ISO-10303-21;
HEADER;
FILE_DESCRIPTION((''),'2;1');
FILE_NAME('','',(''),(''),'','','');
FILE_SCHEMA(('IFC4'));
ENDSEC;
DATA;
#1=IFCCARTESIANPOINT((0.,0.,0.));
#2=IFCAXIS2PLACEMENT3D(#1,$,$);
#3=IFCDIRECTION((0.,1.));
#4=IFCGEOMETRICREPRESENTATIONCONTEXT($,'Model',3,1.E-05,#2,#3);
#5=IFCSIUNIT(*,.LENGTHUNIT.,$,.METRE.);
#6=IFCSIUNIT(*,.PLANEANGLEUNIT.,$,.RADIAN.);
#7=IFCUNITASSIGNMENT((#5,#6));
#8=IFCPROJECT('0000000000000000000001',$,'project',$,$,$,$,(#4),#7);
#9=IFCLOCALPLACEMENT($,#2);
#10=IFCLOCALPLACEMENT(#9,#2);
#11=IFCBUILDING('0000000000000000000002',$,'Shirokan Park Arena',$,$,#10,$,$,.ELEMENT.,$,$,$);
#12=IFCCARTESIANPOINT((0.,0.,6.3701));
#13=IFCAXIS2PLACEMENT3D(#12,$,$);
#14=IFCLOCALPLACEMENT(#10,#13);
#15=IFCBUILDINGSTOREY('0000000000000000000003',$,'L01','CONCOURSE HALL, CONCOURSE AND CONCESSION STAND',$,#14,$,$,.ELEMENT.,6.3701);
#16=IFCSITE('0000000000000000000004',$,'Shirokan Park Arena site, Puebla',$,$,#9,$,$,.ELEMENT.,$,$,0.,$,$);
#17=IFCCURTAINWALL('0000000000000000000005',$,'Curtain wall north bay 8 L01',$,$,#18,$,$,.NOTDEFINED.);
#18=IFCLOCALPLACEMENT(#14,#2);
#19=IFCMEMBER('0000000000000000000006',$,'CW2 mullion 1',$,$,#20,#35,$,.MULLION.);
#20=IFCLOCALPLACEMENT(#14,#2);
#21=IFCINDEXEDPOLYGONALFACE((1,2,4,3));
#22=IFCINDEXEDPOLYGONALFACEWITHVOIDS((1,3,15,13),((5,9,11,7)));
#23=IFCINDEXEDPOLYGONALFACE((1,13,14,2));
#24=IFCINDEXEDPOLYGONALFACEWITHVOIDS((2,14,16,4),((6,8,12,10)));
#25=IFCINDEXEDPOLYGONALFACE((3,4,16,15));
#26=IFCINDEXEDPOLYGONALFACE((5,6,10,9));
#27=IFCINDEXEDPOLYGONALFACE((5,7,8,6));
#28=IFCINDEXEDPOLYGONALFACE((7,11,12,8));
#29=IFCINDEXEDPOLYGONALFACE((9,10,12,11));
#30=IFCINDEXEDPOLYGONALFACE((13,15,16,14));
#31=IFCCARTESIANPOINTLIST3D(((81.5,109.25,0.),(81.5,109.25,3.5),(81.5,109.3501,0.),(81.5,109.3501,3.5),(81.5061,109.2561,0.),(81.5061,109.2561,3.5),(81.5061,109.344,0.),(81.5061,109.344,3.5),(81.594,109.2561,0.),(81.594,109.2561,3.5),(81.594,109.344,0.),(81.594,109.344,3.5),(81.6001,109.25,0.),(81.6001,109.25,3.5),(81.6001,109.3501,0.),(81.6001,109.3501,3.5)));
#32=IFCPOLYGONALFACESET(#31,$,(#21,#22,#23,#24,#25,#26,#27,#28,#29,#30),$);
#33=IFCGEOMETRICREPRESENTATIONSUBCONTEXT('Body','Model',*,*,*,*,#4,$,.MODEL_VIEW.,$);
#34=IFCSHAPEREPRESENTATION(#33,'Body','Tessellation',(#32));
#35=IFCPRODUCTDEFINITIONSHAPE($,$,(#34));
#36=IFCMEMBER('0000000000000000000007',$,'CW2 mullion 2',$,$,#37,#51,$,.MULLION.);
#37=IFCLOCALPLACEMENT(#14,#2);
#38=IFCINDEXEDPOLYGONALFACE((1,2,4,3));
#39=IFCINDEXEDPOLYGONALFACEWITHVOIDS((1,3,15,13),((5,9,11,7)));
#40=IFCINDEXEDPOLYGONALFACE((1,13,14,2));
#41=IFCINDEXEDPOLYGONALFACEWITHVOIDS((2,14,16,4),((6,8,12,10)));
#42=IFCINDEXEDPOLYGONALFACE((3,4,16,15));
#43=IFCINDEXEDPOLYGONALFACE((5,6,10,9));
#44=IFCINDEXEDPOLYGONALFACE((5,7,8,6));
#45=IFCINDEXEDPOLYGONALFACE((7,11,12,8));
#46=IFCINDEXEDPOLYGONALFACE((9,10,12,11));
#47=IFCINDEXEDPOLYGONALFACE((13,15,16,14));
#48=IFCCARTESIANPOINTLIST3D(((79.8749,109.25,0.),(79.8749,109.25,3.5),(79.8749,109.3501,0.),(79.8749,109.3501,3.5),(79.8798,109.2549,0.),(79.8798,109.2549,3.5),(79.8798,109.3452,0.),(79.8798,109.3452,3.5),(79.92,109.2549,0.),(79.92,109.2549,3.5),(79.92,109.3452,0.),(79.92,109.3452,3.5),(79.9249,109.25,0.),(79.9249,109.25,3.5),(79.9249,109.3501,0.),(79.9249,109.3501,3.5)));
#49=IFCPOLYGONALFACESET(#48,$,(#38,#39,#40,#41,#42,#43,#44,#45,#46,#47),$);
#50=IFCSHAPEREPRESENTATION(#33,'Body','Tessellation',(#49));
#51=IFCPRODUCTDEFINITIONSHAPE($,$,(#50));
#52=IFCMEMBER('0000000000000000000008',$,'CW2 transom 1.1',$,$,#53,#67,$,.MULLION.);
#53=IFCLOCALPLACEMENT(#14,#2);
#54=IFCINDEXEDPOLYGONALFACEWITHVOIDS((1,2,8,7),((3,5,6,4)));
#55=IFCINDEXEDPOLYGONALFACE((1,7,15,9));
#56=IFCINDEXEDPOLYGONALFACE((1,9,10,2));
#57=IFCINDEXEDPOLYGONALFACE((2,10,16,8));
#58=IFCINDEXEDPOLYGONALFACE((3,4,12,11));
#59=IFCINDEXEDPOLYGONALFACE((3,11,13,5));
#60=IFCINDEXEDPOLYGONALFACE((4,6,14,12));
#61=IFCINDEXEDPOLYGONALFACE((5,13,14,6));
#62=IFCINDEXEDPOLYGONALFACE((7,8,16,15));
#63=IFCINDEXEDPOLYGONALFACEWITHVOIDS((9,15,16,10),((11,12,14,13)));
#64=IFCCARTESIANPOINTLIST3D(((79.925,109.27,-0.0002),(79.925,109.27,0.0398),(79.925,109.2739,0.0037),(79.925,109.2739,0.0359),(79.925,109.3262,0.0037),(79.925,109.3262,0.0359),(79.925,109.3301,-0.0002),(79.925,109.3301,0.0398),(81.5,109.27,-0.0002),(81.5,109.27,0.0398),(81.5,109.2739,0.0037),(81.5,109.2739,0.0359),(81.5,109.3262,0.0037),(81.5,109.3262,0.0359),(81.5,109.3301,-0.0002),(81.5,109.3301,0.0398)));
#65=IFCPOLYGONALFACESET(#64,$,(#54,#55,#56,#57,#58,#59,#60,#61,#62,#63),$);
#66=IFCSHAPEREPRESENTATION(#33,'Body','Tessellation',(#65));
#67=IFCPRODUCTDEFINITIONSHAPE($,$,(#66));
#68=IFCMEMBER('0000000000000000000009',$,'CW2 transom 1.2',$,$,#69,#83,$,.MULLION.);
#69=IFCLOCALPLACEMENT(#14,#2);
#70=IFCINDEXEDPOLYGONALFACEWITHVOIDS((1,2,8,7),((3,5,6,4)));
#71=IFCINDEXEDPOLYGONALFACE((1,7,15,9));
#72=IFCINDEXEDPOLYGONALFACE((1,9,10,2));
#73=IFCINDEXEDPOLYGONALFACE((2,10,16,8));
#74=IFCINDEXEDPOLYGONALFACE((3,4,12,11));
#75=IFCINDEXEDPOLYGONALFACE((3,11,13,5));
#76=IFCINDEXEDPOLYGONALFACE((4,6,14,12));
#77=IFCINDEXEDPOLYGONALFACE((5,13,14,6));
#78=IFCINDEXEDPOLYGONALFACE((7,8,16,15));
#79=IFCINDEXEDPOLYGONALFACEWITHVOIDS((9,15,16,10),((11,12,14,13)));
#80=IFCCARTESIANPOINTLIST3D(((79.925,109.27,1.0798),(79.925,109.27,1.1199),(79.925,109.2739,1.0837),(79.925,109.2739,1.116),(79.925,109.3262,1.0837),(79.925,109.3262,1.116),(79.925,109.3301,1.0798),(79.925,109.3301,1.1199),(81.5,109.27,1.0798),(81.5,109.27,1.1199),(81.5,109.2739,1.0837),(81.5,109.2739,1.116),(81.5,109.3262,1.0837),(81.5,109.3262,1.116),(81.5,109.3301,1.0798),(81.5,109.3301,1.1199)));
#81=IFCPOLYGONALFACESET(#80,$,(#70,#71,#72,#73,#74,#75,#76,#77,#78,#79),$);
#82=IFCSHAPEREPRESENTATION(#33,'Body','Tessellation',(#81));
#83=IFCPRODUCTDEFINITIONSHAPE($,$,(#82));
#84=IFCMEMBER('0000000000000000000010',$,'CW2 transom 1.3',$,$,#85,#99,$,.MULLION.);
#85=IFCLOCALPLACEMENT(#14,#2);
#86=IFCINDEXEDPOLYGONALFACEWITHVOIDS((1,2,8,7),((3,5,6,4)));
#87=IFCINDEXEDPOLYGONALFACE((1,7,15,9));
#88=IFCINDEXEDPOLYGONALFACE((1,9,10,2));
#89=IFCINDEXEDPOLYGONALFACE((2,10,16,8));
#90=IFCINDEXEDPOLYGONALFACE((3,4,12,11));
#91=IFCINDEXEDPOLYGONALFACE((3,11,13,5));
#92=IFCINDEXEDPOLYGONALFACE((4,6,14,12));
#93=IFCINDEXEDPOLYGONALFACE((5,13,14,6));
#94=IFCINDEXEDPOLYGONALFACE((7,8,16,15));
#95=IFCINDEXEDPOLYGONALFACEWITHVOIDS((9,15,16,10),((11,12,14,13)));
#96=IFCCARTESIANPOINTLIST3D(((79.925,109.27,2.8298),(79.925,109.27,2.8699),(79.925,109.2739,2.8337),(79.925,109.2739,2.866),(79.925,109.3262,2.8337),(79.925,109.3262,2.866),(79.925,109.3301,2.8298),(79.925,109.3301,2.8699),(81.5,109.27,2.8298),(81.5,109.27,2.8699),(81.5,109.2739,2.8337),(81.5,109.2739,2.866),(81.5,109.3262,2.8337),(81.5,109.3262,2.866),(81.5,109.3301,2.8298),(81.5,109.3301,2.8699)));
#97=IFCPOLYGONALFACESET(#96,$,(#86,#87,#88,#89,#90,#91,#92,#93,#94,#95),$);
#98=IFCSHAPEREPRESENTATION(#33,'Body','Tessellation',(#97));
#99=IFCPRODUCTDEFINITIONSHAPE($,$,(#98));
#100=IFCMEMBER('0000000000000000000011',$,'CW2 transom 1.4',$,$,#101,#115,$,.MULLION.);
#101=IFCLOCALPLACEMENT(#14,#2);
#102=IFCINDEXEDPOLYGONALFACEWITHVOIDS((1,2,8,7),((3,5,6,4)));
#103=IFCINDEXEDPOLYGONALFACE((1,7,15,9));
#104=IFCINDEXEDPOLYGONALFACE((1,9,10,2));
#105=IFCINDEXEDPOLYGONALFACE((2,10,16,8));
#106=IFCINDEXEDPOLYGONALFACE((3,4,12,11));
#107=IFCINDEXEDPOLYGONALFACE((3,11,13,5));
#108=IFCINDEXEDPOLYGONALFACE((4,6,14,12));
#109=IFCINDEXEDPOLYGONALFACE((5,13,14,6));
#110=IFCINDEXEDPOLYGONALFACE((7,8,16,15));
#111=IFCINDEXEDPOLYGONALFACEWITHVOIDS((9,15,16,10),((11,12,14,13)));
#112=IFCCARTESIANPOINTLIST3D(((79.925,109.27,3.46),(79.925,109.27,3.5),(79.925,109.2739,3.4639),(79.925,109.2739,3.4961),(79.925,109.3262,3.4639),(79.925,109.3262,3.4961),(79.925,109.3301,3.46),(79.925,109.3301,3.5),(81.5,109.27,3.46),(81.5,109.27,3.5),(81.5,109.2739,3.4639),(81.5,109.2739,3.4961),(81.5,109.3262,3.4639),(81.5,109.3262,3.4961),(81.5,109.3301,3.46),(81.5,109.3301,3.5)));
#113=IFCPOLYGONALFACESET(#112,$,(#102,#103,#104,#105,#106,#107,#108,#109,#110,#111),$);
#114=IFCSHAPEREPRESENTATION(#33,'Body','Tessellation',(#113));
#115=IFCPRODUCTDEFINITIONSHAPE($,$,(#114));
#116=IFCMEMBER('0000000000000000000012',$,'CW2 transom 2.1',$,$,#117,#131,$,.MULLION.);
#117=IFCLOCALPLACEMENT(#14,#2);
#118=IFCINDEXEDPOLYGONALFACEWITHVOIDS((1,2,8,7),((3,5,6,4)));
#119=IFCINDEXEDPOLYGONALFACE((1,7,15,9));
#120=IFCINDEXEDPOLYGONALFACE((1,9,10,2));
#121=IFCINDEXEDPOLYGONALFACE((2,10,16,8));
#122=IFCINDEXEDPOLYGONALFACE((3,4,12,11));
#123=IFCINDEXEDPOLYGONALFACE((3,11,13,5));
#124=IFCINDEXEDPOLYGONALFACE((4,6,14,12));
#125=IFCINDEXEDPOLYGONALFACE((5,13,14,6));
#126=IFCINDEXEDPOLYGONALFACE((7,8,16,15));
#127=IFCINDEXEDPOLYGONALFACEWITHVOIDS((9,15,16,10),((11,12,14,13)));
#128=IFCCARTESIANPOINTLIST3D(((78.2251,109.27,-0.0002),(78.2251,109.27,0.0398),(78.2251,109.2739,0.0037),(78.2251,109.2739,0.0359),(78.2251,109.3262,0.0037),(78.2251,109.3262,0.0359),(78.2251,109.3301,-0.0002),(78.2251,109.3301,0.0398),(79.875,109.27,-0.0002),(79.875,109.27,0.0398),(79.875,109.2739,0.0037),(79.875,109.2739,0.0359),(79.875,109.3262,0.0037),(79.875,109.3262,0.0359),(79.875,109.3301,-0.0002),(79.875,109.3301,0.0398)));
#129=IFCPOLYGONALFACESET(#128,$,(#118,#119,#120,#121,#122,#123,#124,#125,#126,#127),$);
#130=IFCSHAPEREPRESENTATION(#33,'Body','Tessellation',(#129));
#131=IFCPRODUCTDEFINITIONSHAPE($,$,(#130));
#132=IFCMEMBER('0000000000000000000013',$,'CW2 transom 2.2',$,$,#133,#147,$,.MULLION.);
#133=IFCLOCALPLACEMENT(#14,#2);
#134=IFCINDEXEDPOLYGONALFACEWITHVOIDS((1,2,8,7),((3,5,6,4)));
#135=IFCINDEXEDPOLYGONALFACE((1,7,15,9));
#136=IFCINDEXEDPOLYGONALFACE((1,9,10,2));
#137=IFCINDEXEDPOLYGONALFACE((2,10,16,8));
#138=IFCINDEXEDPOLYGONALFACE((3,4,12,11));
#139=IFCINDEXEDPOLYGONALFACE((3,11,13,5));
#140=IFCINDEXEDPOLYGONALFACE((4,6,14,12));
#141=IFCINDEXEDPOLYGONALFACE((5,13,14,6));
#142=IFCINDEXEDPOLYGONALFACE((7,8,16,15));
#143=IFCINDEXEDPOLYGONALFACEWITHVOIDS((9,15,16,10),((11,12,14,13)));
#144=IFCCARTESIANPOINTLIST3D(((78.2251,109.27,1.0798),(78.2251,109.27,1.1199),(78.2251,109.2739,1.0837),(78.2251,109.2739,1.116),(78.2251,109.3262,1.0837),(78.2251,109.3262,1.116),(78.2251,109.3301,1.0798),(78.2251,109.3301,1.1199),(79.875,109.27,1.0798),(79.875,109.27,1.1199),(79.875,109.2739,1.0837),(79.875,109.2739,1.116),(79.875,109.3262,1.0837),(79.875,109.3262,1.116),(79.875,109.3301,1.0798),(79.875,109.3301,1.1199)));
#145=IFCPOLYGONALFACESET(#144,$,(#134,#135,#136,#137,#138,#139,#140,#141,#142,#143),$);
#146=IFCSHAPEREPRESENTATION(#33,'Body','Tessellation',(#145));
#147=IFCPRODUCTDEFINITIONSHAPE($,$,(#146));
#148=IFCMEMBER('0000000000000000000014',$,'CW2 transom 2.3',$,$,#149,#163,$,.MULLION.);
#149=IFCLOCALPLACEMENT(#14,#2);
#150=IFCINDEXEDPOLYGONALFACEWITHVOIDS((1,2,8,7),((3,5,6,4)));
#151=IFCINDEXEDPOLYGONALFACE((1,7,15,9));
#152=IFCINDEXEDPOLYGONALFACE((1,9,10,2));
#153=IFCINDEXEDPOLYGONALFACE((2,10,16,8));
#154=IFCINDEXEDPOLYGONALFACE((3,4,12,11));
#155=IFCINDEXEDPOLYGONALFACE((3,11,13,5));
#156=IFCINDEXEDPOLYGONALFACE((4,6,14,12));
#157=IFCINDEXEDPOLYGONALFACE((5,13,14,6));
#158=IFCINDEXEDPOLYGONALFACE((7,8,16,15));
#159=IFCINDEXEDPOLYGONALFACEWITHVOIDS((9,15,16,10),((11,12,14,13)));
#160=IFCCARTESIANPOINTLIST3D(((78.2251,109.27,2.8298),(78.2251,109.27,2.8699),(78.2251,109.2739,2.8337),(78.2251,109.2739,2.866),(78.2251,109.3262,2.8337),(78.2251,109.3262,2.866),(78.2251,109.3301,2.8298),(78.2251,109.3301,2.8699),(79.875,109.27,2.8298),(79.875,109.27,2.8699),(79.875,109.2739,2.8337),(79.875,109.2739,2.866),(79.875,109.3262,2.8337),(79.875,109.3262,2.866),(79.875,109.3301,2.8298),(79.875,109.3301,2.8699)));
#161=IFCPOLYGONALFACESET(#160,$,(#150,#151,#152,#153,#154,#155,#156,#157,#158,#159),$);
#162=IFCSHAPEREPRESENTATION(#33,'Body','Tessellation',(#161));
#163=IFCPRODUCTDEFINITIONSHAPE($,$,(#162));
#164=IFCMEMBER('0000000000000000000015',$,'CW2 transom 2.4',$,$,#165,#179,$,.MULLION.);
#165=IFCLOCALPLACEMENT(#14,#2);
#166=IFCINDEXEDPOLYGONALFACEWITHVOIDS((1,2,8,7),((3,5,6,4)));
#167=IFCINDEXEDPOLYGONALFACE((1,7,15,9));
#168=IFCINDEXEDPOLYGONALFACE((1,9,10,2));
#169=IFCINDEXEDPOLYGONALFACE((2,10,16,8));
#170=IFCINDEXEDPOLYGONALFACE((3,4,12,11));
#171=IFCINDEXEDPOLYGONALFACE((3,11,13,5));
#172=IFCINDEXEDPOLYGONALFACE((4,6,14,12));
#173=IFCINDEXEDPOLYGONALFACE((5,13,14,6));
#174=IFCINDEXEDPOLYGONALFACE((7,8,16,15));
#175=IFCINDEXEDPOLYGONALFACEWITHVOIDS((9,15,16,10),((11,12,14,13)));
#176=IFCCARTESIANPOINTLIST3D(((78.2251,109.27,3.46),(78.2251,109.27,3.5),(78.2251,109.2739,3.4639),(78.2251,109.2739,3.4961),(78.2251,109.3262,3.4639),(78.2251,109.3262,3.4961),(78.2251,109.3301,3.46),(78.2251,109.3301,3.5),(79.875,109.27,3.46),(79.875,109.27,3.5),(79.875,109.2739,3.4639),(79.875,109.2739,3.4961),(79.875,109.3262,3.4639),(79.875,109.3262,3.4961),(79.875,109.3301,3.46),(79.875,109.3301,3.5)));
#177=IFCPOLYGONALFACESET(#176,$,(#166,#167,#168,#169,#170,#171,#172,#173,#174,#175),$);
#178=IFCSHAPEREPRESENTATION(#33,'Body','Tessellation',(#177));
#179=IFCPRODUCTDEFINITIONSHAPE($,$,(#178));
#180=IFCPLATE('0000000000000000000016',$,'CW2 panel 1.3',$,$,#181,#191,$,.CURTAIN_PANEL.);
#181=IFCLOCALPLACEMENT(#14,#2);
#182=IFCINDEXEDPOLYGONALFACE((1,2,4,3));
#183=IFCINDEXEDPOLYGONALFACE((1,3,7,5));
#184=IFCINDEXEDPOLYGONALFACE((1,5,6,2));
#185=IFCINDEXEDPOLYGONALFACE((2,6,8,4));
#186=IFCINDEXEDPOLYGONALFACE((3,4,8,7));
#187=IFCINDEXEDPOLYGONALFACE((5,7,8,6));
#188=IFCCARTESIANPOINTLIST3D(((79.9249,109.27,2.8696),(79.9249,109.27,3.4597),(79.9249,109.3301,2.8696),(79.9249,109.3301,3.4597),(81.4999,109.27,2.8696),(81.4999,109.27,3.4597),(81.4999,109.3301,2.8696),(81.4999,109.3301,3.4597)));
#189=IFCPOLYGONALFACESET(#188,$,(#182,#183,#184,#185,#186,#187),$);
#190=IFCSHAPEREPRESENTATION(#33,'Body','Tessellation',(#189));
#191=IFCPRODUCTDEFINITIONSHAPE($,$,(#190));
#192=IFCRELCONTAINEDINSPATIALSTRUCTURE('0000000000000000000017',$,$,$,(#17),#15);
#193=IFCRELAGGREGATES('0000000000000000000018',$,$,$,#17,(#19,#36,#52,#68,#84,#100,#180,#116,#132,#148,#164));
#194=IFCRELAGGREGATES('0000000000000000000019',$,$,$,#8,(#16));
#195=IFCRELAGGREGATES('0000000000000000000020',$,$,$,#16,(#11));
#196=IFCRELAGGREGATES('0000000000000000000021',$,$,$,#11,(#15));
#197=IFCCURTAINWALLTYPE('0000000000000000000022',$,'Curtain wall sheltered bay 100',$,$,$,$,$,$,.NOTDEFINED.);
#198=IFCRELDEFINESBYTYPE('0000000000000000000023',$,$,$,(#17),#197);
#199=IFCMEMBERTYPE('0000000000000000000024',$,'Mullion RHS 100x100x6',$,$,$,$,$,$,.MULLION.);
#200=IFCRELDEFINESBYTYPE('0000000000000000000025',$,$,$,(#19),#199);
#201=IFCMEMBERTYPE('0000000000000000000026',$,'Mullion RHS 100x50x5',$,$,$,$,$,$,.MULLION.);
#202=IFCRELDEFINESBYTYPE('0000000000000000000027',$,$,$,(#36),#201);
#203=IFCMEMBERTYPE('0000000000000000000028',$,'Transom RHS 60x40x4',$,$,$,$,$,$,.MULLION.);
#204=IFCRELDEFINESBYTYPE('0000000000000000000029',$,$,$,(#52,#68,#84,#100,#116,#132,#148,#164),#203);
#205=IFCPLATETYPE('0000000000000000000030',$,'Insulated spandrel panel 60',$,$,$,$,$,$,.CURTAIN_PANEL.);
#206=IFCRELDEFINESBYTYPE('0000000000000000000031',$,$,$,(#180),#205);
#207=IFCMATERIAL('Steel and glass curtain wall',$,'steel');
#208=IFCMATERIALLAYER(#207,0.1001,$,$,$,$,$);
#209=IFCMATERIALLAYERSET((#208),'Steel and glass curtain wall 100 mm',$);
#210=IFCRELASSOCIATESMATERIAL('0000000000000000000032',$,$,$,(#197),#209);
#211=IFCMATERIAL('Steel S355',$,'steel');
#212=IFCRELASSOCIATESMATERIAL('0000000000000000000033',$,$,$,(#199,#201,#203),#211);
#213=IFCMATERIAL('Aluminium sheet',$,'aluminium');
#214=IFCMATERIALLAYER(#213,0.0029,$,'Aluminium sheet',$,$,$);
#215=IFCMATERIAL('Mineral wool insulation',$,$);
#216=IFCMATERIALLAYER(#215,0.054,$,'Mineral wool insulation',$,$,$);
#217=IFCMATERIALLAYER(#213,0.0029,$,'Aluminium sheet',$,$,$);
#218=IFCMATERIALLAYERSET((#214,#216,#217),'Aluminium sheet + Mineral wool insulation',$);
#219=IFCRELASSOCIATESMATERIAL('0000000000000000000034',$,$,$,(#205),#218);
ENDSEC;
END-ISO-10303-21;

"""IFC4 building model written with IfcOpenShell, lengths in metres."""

from ifc_helpers import new_model, si_unit, direction, frame, origin, origin_2d, place, context, subcontext, project, spatial, rectangle, hollow_rectangle, extrude, material, layer, layer_set, material_profile, profile_set, type_object, element, aggregate, save


model = new_model("IFC4")

# Units and contexts
model_context = context("Model", 3, precision=1e-05, world=origin(), true_north=direction((0.0, 1.0)))
body_context = subcontext(model_context, "Body", "Model", "MODEL_VIEW")
ifc_project = project(units=[si_unit("LENGTHUNIT", "METRE"), si_unit("PLANEANGLEUNIT", "RADIAN")], contexts=[model_context])

# Site, building, storey
site_placement = place(None, origin())
site = spatial("IfcSite", under=ifc_project, at=site_placement, Name="Shirokan Park Arena site, Puebla", CompositionType="ELEMENT", RefElevation=0.0)
building_placement = place(site_placement, origin())
building = spatial("IfcBuilding", under=site, at=building_placement, Name="Shirokan Park Arena", CompositionType="ELEMENT")
storey_placement = place(building_placement, frame((0.0, 0.0, 6.3701)))
storey = spatial("IfcBuildingStorey", under=building, at=storey_placement, Name="L01", Description="CONCOURSE HALL, CONCOURSE AND CONCESSION STAND", CompositionType="ELEMENT", Elevation=6.3701)

# Curtain wall, members, plate
ifc_material_1 = material(Name="Steel and glass curtain wall", Category="steel")
ifc_layer_1 = layer(ifc_material_1, 0.1001)
ifc_layer_set_1 = layer_set([ifc_layer_1], Name="Steel and glass curtain wall 100 mm")
curtain_wall_type = type_object("IfcCurtainWallType", Name="Curtain wall sheltered bay 100", PredefinedType="NOTDEFINED", material=ifc_layer_set_1)
curtain_wall_placement = place(storey_placement, origin())
curtain_wall = element("IfcCurtainWall", 1, at=curtain_wall_placement, inside=storey, type_object=curtain_wall_type, Name="Curtain wall north bay 8 L01", PredefinedType="NOTDEFINED")
ifc_material_2 = material(Name="Steel S355", Category="steel")
ifc_material_profile_1 = material_profile(ifc_material_2, hollow_rectangle(XDim=0.1001, YDim=0.1001, WallThickness=0.0061, at=origin_2d()), Name="RHS 100x100x6")
ifc_profile_set_1 = profile_set([ifc_material_profile_1], Name="Steel S355")
member_type_1 = type_object("IfcMemberType", Name="Mullion RHS 100x100x6", PredefinedType="MULLION", material=ifc_profile_set_1)
member_1_placement = place(storey_placement, frame((81.55, 109.3, 0.0), z_axis=(0.0, 0.0, 1.0), x_axis=(0.0, -1.0, 0.0)))
member_1 = element("IfcMember", 2, at=member_1_placement, type_object=member_type_1, Name="CW2 mullion 1", PredefinedType="MULLION", context=body_context, shape_type="SweptSolid", body=[
    extrude(hollow_rectangle(XDim=0.1001, YDim=0.1001, WallThickness=0.0061, at=origin_2d()), origin(), (0.0, 0.0, 1.0), 3.5),
])
ifc_material_profile_2 = material_profile(ifc_material_2, hollow_rectangle(XDim=0.1001, YDim=0.05, WallThickness=0.0049, at=origin_2d()), Name="RHS 100x50x5")
ifc_profile_set_2 = profile_set([ifc_material_profile_2], Name="Steel S355")
member_type_2 = type_object("IfcMemberType", Name="Mullion RHS 100x50x5", PredefinedType="MULLION", material=ifc_profile_set_2)
member_2_placement = place(storey_placement, frame((79.8999, 109.3, 0.0), z_axis=(0.0, 0.0, 1.0), x_axis=(0.0, -1.0, 0.0)))
member_2 = element("IfcMember", 3, at=member_2_placement, type_object=member_type_2, Name="CW2 mullion 2", PredefinedType="MULLION", context=body_context, shape_type="SweptSolid", body=[
    extrude(hollow_rectangle(XDim=0.1001, YDim=0.05, WallThickness=0.0049, at=origin_2d()), origin(), (0.0, 0.0, 1.0), 3.5),
])
ifc_material_profile_3 = material_profile(ifc_material_2, hollow_rectangle(XDim=0.0601, YDim=0.04, WallThickness=0.0039, at=origin_2d()), Name="RHS 60x40x4")
ifc_profile_set_3 = profile_set([ifc_material_profile_3], Name="Steel S355")
member_type_3 = type_object("IfcMemberType", Name="Transom RHS 60x40x4", PredefinedType="MULLION", material=ifc_profile_set_3)
member_3_placement = place(storey_placement, frame((81.5, 109.3, 0.0198), z_axis=(-1.0, 0.0, 0.0), x_axis=(0.0, -1.0, 0.0)))
member_3 = element("IfcMember", 4, at=member_3_placement, type_object=member_type_3, Name="CW2 transom 1.1", PredefinedType="MULLION", context=body_context, shape_type="SweptSolid", body=[
    extrude(hollow_rectangle(XDim=0.0601, YDim=0.04, WallThickness=0.0039, at=origin_2d()), origin(), (0.0, 0.0, 1.0), 1.575),
])
member_4_placement = place(storey_placement, frame((81.5, 109.3, 1.0999), z_axis=(-1.0, 0.0, 0.0), x_axis=(0.0, -1.0, 0.0)))
member_4 = element("IfcMember", 5, at=member_4_placement, type_object=member_type_3, Name="CW2 transom 1.2", PredefinedType="MULLION", context=body_context, shape_type="SweptSolid", body=[
    extrude(hollow_rectangle(XDim=0.0601, YDim=0.04, WallThickness=0.0039, at=origin_2d()), origin(), (0.0, 0.0, 1.0), 1.575),
])
member_5_placement = place(storey_placement, frame((81.5, 109.3, 2.8499), z_axis=(-1.0, 0.0, 0.0), x_axis=(0.0, -1.0, 0.0)))
member_5 = element("IfcMember", 6, at=member_5_placement, type_object=member_type_3, Name="CW2 transom 1.3", PredefinedType="MULLION", context=body_context, shape_type="SweptSolid", body=[
    extrude(hollow_rectangle(XDim=0.0601, YDim=0.04, WallThickness=0.0039, at=origin_2d()), origin(), (0.0, 0.0, 1.0), 1.575),
])
member_6_placement = place(storey_placement, frame((81.5, 109.3, 3.48), z_axis=(-1.0, 0.0, 0.0), x_axis=(0.0, -1.0, 0.0)))
member_6 = element("IfcMember", 7, at=member_6_placement, type_object=member_type_3, Name="CW2 transom 1.4", PredefinedType="MULLION", context=body_context, shape_type="SweptSolid", body=[
    extrude(hollow_rectangle(XDim=0.0601, YDim=0.04, WallThickness=0.0039, at=origin_2d()), origin(), (0.0, 0.0, 1.0), 1.575),
])
member_7_placement = place(storey_placement, frame((79.875, 109.3, 0.0198), z_axis=(-1.0, 0.0, 0.0), x_axis=(0.0, -1.0, 0.0)))
member_7 = element("IfcMember", 8, at=member_7_placement, type_object=member_type_3, Name="CW2 transom 2.1", PredefinedType="MULLION", context=body_context, shape_type="SweptSolid", body=[
    extrude(hollow_rectangle(XDim=0.0601, YDim=0.04, WallThickness=0.0039, at=origin_2d()), origin(), (0.0, 0.0, 1.0), 1.6499),
])
member_8_placement = place(storey_placement, frame((79.875, 109.3, 1.0999), z_axis=(-1.0, 0.0, 0.0), x_axis=(0.0, -1.0, 0.0)))
member_8 = element("IfcMember", 9, at=member_8_placement, type_object=member_type_3, Name="CW2 transom 2.2", PredefinedType="MULLION", context=body_context, shape_type="SweptSolid", body=[
    extrude(hollow_rectangle(XDim=0.0601, YDim=0.04, WallThickness=0.0039, at=origin_2d()), origin(), (0.0, 0.0, 1.0), 1.6499),
])
member_9_placement = place(storey_placement, frame((79.875, 109.3, 2.8499), z_axis=(-1.0, 0.0, 0.0), x_axis=(0.0, -1.0, 0.0)))
member_9 = element("IfcMember", 10, at=member_9_placement, type_object=member_type_3, Name="CW2 transom 2.3", PredefinedType="MULLION", context=body_context, shape_type="SweptSolid", body=[
    extrude(hollow_rectangle(XDim=0.0601, YDim=0.04, WallThickness=0.0039, at=origin_2d()), origin(), (0.0, 0.0, 1.0), 1.6499),
])
member_10_placement = place(storey_placement, frame((79.875, 109.3, 3.48), z_axis=(-1.0, 0.0, 0.0), x_axis=(0.0, -1.0, 0.0)))
member_10 = element("IfcMember", 11, at=member_10_placement, type_object=member_type_3, Name="CW2 transom 2.4", PredefinedType="MULLION", context=body_context, shape_type="SweptSolid", body=[
    extrude(hollow_rectangle(XDim=0.0601, YDim=0.04, WallThickness=0.0039, at=origin_2d()), origin(), (0.0, 0.0, 1.0), 1.6499),
])
ifc_material_3 = material(Name="Aluminium sheet", Category="aluminium")
ifc_layer_2 = layer(ifc_material_3, 0.0029, Name="Aluminium sheet")
ifc_material_4 = material(Name="Mineral wool insulation")
ifc_layer_3 = layer(ifc_material_4, 0.054, Name="Mineral wool insulation")
ifc_layer_4 = layer(ifc_material_3, 0.0029, Name="Aluminium sheet")
ifc_layer_set_2 = layer_set([ifc_layer_2, ifc_layer_3, ifc_layer_4], Name="Aluminium sheet + Mineral wool insulation")
plate_type_1 = type_object("IfcPlateType", Name="Insulated spandrel panel 60", PredefinedType="CURTAIN_PANEL", material=ifc_layer_set_2)
plate_1_placement = place(storey_placement, frame((80.7124, 109.3, 2.8696), z_axis=(0.0, 0.0, 1.0), x_axis=(-1.0, 0.0, 0.0)))
plate_1 = element("IfcPlate", 12, at=plate_1_placement, type_object=plate_type_1, Name="CW2 panel 1.3", PredefinedType="CURTAIN_PANEL", context=body_context, shape_type="SweptSolid", body=[
    extrude(rectangle(XDim=1.575, YDim=0.0601, at=origin_2d()), origin(), (0.0, 0.0, 1.0), 0.5901),
])
aggregate(curtain_wall, [member_1, member_2, member_3, member_4, member_5, member_6, plate_1, member_7, member_8, member_9, member_10])

save(model, "model.ifc")
